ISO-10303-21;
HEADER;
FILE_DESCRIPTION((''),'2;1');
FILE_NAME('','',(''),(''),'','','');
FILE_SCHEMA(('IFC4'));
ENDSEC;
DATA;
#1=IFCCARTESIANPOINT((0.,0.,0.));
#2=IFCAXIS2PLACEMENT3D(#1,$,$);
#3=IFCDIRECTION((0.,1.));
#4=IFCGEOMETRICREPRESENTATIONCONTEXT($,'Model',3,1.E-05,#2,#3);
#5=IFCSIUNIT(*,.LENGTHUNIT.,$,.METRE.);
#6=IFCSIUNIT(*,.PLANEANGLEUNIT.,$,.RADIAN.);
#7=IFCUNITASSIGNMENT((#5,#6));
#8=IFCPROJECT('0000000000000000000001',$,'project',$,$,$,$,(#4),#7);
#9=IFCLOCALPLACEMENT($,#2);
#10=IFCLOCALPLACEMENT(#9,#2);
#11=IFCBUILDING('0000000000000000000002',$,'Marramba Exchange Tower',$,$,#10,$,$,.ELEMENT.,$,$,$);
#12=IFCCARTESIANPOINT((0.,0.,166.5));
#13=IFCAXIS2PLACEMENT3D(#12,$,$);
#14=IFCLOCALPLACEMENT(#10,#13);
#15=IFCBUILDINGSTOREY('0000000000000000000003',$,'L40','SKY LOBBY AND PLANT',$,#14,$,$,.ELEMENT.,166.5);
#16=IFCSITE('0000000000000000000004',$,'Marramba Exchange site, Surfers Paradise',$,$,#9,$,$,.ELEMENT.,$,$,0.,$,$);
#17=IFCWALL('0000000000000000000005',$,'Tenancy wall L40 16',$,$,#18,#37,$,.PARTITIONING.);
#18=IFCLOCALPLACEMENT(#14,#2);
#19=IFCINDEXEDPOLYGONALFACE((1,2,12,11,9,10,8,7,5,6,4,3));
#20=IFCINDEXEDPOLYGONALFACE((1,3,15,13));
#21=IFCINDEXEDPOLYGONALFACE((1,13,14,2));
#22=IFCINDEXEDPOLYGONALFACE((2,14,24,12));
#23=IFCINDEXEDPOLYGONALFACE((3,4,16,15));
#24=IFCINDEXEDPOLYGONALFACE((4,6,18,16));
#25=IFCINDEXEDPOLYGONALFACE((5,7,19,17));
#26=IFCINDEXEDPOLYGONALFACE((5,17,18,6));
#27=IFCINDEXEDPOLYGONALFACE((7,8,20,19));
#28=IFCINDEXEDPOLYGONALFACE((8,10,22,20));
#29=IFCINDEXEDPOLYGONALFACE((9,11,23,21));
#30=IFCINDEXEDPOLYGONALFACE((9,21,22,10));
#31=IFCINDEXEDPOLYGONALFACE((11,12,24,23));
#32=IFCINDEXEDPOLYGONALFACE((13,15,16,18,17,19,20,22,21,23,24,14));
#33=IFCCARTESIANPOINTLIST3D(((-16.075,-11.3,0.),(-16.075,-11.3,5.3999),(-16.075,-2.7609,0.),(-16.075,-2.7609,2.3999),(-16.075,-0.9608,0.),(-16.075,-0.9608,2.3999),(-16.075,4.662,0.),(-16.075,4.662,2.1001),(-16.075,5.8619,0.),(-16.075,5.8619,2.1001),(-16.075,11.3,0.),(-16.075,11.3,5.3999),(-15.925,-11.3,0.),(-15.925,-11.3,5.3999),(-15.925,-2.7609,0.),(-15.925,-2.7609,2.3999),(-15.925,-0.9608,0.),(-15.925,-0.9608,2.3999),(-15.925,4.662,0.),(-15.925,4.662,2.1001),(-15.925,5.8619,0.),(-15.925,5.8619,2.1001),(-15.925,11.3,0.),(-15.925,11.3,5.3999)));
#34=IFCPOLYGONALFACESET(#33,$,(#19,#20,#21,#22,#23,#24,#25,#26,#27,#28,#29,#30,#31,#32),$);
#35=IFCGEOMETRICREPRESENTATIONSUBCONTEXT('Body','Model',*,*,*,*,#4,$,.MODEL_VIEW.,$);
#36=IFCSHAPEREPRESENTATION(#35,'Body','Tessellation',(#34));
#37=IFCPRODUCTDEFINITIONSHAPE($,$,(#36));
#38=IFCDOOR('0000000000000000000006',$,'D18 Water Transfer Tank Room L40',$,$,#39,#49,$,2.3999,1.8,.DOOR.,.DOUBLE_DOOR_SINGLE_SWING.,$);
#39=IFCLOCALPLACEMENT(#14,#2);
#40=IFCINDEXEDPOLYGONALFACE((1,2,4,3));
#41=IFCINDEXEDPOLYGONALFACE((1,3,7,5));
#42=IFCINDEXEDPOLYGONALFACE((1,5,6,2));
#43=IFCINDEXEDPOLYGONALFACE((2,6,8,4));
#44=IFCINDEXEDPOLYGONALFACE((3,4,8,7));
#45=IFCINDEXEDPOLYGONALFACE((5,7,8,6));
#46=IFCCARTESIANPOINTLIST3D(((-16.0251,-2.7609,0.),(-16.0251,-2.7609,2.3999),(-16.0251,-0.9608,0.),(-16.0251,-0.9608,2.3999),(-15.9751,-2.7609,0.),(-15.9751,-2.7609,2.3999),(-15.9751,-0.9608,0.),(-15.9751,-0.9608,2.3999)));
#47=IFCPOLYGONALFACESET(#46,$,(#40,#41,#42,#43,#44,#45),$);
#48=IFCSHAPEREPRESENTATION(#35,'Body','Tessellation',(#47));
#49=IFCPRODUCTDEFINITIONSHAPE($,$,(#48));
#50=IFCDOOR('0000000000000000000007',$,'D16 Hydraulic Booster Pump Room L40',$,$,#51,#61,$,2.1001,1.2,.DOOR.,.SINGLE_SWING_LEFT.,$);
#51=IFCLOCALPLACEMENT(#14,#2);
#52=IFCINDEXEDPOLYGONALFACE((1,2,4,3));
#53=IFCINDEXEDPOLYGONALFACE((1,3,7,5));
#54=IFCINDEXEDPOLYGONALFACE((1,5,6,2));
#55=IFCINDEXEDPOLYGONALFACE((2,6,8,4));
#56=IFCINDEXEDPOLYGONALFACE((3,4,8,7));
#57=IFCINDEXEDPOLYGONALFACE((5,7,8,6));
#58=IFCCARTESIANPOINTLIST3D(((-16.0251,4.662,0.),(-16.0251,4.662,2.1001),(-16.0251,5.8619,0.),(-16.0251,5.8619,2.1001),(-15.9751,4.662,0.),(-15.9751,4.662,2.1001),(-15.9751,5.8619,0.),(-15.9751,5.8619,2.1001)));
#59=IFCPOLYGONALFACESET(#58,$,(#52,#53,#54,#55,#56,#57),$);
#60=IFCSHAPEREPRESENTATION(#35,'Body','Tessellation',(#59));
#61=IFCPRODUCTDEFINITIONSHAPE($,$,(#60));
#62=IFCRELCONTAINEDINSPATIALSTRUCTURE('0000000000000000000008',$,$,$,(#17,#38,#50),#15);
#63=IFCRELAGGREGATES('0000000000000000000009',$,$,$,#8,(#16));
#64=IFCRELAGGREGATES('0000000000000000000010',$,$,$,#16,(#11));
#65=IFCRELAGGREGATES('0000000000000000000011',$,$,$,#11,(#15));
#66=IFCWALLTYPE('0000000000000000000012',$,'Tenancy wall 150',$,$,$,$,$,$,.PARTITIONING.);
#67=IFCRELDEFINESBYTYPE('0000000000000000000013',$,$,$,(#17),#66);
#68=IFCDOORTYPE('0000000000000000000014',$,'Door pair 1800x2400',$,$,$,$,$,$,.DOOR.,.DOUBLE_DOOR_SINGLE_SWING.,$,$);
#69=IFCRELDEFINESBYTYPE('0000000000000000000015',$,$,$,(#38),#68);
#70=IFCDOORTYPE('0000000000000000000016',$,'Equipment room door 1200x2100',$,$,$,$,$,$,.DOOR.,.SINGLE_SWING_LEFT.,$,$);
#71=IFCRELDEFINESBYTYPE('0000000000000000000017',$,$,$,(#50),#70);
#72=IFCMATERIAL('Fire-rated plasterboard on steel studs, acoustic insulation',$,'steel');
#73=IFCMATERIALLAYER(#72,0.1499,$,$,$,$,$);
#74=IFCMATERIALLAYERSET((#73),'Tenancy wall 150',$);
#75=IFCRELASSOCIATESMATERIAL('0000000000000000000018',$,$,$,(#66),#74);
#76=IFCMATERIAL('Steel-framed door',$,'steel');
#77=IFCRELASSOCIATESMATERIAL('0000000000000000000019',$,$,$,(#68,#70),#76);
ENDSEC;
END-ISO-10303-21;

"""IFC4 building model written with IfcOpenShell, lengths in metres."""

from ifc_helpers import new_model, si_unit, direction, frame, frame_2d, origin, place, context, subcontext, project, spatial, rectangle, extrude, material, layer, layer_set, type_object, element, fill, save


model = new_model("IFC4")

# Units and contexts
model_context = context("Model", 3, precision=1e-05, world=origin(), true_north=direction((0.0, 1.0)))
body_context = subcontext(model_context, "Body", "Model", "MODEL_VIEW")
ifc_project = project(units=[si_unit("LENGTHUNIT", "METRE"), si_unit("PLANEANGLEUNIT", "RADIAN")], contexts=[model_context])

# Site, building, storey
site_placement = place(None, origin())
site = spatial("IfcSite", under=ifc_project, at=site_placement, Name="Marramba Exchange site, Surfers Paradise", CompositionType="ELEMENT", RefElevation=0.0)
building_placement = place(site_placement, origin())
building = spatial("IfcBuilding", under=site, at=building_placement, Name="Marramba Exchange Tower", CompositionType="ELEMENT")
storey_placement = place(building_placement, frame((0.0, 0.0, 166.5)))
storey = spatial("IfcBuildingStorey", under=building, at=storey_placement, Name="L40", Description="SKY LOBBY AND PLANT", CompositionType="ELEMENT", Elevation=166.5)

# Shared definitions
ifc_material_1 = material(Name="Steel-framed door", Category="steel")

# Wall, openings, doors
ifc_material_2 = material(Name="Fire-rated plasterboard on steel studs, acoustic insulation", Category="steel")
ifc_layer_1 = layer(ifc_material_2, 0.1499)
ifc_layer_set_1 = layer_set([ifc_layer_1], Name="Tenancy wall 150")
wall_type_1 = type_object("IfcWallType", Name="Tenancy wall 150", PredefinedType="PARTITIONING", material=ifc_layer_set_1)
wall_1_placement = place(storey_placement, frame((-16.0, 11.3, 0.0), z_axis=(0.0, 0.0, 1.0), x_axis=(0.0, -1.0, 0.0)))
wall_1 = element("IfcWall", 1, at=wall_1_placement, inside=storey, type_object=wall_type_1, Name="Tenancy wall L40 16", PredefinedType="PARTITIONING", context=body_context, shape_type="SweptSolid", body=[
    extrude(rectangle(XDim=22.6001, YDim=0.1499, at=frame_2d((11.3, 0.0))), origin(), (0.0, 0.0, 1.0), 5.3999),
])
opening_1_placement = place(wall_1_placement, frame((5.438, 0.0, 0.0)))
opening_1 = element("IfcOpeningElement", 2, at=opening_1_placement, cuts=wall_1, PredefinedType="OPENING", context=body_context, shape_type="SweptSolid", body=[
    extrude(rectangle(XDim=1.2, YDim=2.1001, at=frame_2d((0.6001, 1.05))), frame((0.0, 0.085, 0.0), z_axis=(0.0, -1.0, 0.0), x_axis=(1.0, 0.0, 0.0)), (0.0, 0.0, 1.0), 0.1699),
])
opening_2_placement = place(wall_1_placement, frame((12.261, 0.0, 0.0)))
opening_2 = element("IfcOpeningElement", 3, at=opening_2_placement, cuts=wall_1, PredefinedType="OPENING", context=body_context, shape_type="SweptSolid", body=[
    extrude(rectangle(XDim=1.8, YDim=2.3999, at=frame_2d((0.8999, 1.2))), frame((0.0, 0.085, 0.0), z_axis=(0.0, -1.0, 0.0), x_axis=(1.0, 0.0, 0.0)), (0.0, 0.0, 1.0), 0.1699),
])
door_type_1 = type_object("IfcDoorType", Name="Door pair 1800x2400", OperationType="DOUBLE_DOOR_SINGLE_SWING", PredefinedType="DOOR", material=ifc_material_1)
door_1_placement = place(opening_2_placement, origin())
door_1 = element("IfcDoor", 4, at=door_1_placement, inside=storey, type_object=door_type_1, Name="D18 Water Transfer Tank Room L40", OperationType="DOUBLE_DOOR_SINGLE_SWING", OverallHeight=2.3999, OverallWidth=1.8, PredefinedType="DOOR", context=body_context, shape_type="SweptSolid", body=[
    extrude(rectangle(XDim=1.8, YDim=2.3999, at=frame_2d((0.8999, 1.2))), frame((0.0, 0.0249, 0.0), z_axis=(0.0, -1.0, 0.0), x_axis=(1.0, 0.0, 0.0)), (0.0, 0.0, 1.0), 0.05),
])
fill(opening_2, door_1)
door_type_2 = type_object("IfcDoorType", Name="Equipment room door 1200x2100", OperationType="SINGLE_SWING_LEFT", PredefinedType="DOOR", material=ifc_material_1)
door_2_placement = place(opening_1_placement, frame((1.2, 0.0, 0.0), z_axis=(0.0, 0.0, 1.0), x_axis=(-1.0, 0.0, 0.0)))
door_2 = element("IfcDoor", 5, at=door_2_placement, inside=storey, type_object=door_type_2, Name="D16 Hydraulic Booster Pump Room L40", OperationType="SINGLE_SWING_LEFT", OverallHeight=2.1001, OverallWidth=1.2, PredefinedType="DOOR", context=body_context, shape_type="SweptSolid", body=[
    extrude(rectangle(XDim=1.2, YDim=2.1001, at=frame_2d((0.5999, 1.05))), frame((0.0, 0.0251, 0.0), z_axis=(0.0, -1.0, 0.0), x_axis=(1.0, 0.0, 0.0)), (0.0, 0.0, 1.0), 0.05),
])
fill(opening_1, door_2)

save(model, "model.ifc")
